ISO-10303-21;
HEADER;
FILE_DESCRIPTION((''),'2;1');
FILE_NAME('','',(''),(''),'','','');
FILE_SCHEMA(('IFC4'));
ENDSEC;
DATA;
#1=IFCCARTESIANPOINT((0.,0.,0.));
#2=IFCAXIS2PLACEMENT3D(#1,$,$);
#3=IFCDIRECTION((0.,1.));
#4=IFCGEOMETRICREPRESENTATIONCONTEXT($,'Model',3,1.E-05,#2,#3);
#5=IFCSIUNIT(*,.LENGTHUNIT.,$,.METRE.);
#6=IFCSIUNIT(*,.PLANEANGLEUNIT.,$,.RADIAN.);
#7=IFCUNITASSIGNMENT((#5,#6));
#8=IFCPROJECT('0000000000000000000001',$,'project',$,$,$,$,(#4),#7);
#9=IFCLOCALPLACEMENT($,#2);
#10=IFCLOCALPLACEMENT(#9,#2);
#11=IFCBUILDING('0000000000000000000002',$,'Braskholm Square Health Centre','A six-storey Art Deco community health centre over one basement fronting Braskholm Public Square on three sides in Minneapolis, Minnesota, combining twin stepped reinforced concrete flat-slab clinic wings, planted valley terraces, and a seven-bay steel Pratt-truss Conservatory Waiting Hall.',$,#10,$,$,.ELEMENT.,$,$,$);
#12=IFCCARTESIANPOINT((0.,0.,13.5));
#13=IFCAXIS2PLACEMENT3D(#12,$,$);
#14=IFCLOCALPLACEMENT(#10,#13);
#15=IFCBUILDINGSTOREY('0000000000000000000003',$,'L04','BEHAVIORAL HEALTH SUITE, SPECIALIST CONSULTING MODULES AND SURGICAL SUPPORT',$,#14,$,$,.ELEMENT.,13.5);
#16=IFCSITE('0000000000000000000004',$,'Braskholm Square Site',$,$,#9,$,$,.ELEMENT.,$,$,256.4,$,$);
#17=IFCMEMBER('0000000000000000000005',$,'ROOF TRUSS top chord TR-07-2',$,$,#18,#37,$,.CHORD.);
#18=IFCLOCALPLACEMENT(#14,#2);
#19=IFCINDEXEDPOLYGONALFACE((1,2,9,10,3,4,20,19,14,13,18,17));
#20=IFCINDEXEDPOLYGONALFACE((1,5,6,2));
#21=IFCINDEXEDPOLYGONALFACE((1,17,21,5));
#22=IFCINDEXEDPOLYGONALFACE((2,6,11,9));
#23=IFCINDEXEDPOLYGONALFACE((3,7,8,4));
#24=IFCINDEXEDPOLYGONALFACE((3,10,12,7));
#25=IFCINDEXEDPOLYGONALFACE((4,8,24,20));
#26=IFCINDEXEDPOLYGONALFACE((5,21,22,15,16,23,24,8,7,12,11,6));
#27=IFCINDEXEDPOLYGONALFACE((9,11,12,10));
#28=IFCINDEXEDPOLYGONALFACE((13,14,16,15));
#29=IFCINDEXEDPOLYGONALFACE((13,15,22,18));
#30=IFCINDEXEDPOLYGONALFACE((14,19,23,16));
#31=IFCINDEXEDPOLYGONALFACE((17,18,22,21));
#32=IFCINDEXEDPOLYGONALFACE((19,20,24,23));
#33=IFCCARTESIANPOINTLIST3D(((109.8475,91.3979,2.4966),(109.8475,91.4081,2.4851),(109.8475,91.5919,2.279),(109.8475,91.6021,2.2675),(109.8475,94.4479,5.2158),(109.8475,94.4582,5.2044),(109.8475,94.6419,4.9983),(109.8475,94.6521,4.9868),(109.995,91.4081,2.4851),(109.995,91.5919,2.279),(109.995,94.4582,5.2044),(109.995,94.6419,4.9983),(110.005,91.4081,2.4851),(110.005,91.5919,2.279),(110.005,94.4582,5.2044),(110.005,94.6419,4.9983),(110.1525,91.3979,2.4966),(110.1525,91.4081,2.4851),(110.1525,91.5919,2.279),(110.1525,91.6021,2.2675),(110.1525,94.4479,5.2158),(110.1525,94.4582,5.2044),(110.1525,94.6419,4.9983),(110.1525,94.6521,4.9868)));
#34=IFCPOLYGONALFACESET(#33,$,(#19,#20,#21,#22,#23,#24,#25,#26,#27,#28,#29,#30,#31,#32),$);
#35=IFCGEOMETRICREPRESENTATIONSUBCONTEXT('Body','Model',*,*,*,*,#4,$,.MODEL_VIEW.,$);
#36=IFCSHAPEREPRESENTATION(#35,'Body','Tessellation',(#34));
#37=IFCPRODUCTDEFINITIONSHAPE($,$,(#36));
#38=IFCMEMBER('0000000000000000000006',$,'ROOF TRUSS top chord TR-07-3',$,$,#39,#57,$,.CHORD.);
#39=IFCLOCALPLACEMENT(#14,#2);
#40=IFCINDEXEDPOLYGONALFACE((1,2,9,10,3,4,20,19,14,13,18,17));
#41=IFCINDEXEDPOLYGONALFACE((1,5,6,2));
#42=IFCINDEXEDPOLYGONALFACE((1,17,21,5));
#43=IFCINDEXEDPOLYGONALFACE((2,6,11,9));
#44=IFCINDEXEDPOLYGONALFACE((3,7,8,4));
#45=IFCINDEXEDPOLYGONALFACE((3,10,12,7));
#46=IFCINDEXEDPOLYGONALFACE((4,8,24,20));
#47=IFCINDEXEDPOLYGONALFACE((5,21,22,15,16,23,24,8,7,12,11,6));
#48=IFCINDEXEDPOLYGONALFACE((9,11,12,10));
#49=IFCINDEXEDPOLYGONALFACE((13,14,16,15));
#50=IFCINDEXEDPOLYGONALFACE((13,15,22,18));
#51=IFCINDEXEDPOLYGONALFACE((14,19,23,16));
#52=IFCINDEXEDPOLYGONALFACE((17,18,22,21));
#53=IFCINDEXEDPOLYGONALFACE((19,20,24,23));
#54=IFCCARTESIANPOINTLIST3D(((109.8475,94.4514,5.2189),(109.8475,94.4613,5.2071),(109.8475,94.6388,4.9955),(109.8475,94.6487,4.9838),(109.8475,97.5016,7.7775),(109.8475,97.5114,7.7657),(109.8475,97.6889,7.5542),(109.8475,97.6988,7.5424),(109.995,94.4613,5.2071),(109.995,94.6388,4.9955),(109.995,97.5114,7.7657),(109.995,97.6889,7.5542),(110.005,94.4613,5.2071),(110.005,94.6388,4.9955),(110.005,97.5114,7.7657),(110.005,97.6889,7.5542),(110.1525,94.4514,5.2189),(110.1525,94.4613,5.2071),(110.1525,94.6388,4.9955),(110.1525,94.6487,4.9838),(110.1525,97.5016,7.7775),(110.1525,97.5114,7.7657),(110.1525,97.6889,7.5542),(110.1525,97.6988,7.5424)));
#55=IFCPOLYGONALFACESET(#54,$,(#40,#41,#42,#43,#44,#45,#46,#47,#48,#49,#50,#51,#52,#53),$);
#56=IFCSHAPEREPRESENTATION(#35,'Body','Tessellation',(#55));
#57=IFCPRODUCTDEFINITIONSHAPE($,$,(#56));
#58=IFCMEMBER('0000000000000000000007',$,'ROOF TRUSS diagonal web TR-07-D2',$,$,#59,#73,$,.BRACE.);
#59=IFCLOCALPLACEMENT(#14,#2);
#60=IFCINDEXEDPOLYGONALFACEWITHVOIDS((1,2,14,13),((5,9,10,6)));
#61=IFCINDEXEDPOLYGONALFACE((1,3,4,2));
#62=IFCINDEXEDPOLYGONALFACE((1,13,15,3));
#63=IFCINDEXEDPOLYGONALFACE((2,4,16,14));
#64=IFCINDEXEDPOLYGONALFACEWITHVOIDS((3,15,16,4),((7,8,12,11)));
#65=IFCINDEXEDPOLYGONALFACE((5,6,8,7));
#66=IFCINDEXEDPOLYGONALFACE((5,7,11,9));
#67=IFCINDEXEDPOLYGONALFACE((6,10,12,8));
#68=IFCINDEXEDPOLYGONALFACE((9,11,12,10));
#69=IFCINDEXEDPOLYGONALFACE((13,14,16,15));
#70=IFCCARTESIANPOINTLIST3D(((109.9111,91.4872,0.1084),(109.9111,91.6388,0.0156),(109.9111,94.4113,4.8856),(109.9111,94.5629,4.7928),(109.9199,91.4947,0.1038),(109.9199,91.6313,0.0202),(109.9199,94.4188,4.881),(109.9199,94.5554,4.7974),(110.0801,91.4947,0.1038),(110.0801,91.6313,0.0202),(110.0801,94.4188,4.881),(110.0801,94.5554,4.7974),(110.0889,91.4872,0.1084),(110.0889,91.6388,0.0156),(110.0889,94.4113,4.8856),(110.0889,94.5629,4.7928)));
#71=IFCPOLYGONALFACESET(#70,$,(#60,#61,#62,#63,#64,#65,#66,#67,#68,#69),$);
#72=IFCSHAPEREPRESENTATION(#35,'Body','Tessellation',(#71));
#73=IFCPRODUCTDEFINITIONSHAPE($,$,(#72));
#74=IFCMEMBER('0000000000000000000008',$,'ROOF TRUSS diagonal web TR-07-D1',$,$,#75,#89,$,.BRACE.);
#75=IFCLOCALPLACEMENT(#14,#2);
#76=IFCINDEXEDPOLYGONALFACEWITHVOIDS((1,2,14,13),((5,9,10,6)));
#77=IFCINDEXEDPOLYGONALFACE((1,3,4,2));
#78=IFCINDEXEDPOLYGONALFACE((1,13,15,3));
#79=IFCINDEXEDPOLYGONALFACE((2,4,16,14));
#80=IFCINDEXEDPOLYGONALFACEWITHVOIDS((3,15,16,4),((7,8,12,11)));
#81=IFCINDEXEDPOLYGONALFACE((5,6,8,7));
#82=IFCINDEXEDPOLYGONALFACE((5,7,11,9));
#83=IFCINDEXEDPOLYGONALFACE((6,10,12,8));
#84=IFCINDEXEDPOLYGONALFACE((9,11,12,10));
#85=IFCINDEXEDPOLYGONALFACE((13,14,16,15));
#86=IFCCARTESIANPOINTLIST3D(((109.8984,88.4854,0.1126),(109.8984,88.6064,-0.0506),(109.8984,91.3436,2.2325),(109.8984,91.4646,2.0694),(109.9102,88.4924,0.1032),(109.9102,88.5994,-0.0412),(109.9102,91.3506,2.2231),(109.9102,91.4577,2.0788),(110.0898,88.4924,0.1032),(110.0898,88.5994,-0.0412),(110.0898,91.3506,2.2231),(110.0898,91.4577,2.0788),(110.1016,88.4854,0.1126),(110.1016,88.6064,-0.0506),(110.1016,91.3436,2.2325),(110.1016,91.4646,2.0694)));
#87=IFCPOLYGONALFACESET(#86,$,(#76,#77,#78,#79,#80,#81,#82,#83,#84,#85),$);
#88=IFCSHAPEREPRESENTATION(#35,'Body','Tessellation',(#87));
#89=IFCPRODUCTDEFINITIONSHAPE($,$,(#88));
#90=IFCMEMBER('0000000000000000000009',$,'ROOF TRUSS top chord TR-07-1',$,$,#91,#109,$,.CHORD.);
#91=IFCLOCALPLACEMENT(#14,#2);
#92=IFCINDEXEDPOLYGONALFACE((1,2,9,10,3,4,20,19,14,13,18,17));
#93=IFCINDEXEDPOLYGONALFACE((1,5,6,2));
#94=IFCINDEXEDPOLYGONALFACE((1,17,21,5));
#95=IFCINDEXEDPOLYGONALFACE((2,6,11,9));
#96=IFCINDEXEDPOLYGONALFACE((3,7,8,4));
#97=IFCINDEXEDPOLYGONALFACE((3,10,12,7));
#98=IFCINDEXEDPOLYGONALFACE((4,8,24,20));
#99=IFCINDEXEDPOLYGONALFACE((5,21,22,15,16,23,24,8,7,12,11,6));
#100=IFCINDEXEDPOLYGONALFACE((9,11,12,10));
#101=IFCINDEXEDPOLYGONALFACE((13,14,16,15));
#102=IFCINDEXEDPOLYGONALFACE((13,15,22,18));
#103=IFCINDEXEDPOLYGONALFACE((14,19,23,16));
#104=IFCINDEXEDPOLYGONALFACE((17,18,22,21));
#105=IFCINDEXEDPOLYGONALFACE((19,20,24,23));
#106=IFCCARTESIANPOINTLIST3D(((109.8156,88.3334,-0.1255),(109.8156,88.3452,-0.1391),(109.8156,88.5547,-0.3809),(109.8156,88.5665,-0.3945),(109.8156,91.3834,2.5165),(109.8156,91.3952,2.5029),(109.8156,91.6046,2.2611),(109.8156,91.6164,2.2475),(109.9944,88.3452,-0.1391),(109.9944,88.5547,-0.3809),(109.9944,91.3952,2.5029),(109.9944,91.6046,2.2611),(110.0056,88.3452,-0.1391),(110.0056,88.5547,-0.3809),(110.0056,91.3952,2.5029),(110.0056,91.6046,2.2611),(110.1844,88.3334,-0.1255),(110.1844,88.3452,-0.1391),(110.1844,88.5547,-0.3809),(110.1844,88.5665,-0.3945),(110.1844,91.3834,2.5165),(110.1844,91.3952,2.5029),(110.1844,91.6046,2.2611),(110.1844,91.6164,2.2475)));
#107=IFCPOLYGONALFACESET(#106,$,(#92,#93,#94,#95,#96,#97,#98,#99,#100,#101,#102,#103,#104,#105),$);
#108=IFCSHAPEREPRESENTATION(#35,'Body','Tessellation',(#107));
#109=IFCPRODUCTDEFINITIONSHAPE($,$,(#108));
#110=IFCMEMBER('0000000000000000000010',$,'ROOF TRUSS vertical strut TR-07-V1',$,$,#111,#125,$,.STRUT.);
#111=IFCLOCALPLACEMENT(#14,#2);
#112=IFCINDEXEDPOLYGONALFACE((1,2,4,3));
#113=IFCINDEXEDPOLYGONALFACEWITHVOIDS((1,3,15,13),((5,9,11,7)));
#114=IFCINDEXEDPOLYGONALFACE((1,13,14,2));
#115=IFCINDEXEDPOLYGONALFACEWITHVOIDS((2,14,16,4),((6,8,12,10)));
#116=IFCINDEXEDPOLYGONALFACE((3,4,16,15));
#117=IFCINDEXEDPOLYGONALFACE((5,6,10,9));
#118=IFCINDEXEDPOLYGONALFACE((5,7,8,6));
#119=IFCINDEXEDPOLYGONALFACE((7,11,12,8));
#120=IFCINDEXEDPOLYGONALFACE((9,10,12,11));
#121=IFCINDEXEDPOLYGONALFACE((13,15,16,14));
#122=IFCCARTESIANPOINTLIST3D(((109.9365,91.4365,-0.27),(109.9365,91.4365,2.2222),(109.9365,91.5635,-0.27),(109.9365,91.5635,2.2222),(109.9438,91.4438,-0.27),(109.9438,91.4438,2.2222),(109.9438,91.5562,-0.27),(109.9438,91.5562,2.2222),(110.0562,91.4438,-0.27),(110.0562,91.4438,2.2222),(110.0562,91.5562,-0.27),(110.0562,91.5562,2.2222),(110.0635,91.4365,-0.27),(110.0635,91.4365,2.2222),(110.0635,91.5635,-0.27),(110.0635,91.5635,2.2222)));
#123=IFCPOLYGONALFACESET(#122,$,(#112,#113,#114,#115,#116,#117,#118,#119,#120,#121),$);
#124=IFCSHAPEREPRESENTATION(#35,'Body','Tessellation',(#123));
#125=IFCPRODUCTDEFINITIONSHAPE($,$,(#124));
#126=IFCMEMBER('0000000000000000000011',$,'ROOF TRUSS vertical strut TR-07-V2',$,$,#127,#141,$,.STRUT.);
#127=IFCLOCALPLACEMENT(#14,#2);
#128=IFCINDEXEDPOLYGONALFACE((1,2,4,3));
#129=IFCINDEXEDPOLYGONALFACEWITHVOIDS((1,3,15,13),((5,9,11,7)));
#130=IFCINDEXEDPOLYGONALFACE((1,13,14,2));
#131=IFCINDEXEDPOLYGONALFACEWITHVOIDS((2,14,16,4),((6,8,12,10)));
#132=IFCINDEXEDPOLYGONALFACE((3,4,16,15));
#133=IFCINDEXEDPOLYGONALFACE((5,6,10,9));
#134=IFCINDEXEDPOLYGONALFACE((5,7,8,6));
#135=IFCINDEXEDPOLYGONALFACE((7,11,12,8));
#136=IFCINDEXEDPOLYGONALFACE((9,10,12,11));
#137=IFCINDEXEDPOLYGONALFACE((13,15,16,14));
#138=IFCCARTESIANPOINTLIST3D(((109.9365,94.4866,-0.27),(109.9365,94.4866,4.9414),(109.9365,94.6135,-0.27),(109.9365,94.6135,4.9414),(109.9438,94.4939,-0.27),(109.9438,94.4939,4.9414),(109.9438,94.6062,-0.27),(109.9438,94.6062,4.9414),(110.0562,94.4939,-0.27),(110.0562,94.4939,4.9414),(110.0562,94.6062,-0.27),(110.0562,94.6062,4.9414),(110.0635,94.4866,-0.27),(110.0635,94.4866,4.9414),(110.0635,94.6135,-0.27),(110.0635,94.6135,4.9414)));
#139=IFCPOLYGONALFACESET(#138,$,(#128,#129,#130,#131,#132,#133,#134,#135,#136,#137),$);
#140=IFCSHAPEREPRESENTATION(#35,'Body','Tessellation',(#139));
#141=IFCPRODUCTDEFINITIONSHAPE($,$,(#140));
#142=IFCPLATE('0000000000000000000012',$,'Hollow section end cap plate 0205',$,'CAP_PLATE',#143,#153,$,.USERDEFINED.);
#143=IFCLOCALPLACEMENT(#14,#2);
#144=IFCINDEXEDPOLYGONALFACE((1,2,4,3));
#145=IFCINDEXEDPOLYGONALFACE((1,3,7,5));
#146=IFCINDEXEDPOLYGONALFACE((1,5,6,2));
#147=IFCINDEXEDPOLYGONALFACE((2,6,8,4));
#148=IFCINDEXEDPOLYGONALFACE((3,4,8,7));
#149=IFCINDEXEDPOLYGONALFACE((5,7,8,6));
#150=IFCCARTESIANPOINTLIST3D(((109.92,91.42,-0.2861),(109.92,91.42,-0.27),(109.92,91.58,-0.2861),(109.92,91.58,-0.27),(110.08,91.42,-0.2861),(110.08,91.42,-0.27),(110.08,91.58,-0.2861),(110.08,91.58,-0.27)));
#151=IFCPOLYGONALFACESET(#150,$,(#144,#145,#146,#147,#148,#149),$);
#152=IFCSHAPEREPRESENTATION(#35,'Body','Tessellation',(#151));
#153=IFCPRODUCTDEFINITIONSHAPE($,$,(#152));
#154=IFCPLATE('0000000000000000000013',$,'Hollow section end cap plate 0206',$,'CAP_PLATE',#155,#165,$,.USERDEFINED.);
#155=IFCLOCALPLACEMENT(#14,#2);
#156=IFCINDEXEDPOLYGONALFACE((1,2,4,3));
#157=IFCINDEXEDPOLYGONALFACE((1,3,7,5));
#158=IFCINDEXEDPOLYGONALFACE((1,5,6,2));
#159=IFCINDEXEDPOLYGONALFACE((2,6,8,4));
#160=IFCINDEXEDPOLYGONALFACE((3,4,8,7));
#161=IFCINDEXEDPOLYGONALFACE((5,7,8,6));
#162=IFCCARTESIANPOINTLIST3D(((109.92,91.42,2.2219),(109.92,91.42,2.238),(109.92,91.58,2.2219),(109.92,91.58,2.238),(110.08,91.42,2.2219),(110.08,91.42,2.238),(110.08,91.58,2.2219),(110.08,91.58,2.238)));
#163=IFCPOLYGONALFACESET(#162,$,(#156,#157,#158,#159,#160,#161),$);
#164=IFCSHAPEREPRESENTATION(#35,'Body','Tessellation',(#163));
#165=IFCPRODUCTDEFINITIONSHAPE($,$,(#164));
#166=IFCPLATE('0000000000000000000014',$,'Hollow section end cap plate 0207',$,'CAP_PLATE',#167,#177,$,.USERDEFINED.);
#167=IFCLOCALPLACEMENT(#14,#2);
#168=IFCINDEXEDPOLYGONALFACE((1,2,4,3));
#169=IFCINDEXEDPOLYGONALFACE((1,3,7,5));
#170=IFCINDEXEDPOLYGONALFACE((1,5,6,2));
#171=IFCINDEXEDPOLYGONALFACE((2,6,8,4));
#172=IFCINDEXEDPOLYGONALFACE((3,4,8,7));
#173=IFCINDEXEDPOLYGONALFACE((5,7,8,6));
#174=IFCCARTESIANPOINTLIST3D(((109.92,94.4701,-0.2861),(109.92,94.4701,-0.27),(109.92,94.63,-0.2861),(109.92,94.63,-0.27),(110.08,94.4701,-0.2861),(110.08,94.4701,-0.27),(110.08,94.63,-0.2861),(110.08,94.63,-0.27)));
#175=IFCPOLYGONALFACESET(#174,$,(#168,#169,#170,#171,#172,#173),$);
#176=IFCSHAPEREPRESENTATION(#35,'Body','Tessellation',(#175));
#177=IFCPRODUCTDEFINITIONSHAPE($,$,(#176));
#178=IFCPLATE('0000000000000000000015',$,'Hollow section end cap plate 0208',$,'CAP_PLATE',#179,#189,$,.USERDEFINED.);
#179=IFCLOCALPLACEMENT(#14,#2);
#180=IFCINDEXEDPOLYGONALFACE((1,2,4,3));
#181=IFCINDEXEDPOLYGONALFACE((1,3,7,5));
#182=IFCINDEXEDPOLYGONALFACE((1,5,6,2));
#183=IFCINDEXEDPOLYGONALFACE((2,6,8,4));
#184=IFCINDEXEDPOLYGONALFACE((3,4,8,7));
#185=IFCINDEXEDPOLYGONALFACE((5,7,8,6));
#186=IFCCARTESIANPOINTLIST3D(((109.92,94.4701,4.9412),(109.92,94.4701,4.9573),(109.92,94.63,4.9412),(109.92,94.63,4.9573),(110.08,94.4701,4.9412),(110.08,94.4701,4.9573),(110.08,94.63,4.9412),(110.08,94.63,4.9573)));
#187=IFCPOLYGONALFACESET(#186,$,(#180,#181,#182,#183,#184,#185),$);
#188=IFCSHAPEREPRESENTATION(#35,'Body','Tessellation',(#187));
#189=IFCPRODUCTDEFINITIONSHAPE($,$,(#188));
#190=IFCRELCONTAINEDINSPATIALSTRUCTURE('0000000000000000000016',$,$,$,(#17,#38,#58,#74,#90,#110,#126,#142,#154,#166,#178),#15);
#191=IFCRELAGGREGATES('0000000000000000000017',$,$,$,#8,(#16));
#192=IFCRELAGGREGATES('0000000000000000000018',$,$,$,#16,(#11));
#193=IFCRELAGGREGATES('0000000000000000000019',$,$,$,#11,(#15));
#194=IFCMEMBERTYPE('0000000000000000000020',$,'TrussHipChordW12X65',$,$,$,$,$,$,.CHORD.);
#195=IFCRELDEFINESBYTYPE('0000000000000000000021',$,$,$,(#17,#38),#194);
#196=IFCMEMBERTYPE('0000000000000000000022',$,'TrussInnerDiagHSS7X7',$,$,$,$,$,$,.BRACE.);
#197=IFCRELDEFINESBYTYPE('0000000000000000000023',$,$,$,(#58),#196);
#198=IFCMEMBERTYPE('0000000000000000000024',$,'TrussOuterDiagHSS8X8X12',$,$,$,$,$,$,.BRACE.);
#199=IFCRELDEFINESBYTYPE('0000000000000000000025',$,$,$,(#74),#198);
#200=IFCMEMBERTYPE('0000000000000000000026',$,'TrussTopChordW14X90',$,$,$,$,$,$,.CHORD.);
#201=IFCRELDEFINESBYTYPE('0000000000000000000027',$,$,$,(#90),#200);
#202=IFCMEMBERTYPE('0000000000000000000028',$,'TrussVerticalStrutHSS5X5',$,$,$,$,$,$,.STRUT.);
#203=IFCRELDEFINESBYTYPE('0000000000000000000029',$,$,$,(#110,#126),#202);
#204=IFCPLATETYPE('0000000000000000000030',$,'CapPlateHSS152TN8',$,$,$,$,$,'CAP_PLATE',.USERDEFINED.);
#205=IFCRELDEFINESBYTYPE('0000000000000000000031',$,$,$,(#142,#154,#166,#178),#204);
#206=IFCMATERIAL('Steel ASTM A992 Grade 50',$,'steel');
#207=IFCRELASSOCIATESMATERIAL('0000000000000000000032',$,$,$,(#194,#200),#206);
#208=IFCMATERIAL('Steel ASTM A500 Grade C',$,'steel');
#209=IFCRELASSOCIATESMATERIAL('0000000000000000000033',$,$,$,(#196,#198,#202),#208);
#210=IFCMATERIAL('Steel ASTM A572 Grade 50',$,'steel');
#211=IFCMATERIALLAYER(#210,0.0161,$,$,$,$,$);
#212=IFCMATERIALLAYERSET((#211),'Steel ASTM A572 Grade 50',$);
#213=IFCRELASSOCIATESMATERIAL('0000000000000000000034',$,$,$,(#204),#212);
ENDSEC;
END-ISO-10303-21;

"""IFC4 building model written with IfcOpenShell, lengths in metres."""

from ifc_helpers import new_model, si_unit, direction, frame, origin, origin_2d, place, context, subcontext, project, spatial, rectangle, hollow_rectangle, i_section, extrude, material, layer, layer_set, material_profile, profile_set, type_object, element, save


model = new_model("IFC4")

# Units and contexts
model_context = context("Model", 3, precision=1e-05, world=origin(), true_north=direction((0.0, 1.0)))
body_context = subcontext(model_context, "Body", "Model", "MODEL_VIEW")
ifc_project = project(units=[si_unit("LENGTHUNIT", "METRE"), si_unit("PLANEANGLEUNIT", "RADIAN")], contexts=[model_context])

# Site, building, storey
site_placement = place(None, origin())
site = spatial("IfcSite", under=ifc_project, at=site_placement, Name="Braskholm Square Site", CompositionType="ELEMENT", RefElevation=256.4)
building_placement = place(site_placement, origin())
building = spatial("IfcBuilding", under=site, at=building_placement, Name="Braskholm Square Health Centre", Description="A six-storey Art Deco community health centre over one basement fronting Braskholm Public Square on three sides in Minneapolis, Minnesota, combining twin stepped reinforced concrete flat-slab clinic wings, planted valley terraces, and a seven-bay steel Pratt-truss Conservatory Waiting Hall.", CompositionType="ELEMENT")
storey_placement = place(building_placement, frame((0.0, 0.0, 13.5)))
storey = spatial("IfcBuildingStorey", under=building, at=storey_placement, Name="L04", Description="BEHAVIORAL HEALTH SUITE, SPECIALIST CONSULTING MODULES AND SURGICAL SUPPORT", CompositionType="ELEMENT", Elevation=13.5)

# Shared definitions
ifc_material_1 = material(Name="Steel ASTM A500 Grade C", Category="steel")

# Shared definitions
ifc_material_2 = material(Name="Steel ASTM A992 Grade 50", Category="steel")

# Members
ifc_material_profile_1 = material_profile(ifc_material_2, i_section(OverallWidth=0.3049, OverallDepth=0.3069, WebThickness=0.01, FlangeThickness=0.0154, at=origin_2d()), Name="W12X65")
ifc_profile_set_1 = profile_set([ifc_material_profile_1], Name="Steel ASTM A992 Grade 50")
member_type_1 = type_object("IfcMemberType", Name="TrussHipChordW12X65", PredefinedType="CHORD", material=ifc_profile_set_1)
member_1_placement = place(storey_placement, frame((110.0, 91.5, 2.3821), z_axis=(0.0, 0.746426, 0.665468), x_axis=(-1.0, 0.0, 0.0)))
element("IfcMember", 1, at=member_1_placement, inside=storey, type_object=member_type_1, Name="ROOF TRUSS top chord TR-07-2", PredefinedType="CHORD", context=body_context, shape_type="SweptSolid", body=[
    extrude(i_section(OverallWidth=0.3049, OverallDepth=0.3069, WebThickness=0.01, FlangeThickness=0.0154, at=origin_2d()), origin(), (0.0, 0.0, 1.0), 4.0862),
])
member_2_placement = place(storey_placement, frame((110.0, 94.55, 5.1013), z_axis=(0.0, 0.766131, 0.642684), x_axis=(-1.0, 0.0, 0.0)))
element("IfcMember", 2, at=member_2_placement, inside=storey, type_object=member_type_1, Name="ROOF TRUSS top chord TR-07-3", PredefinedType="CHORD", context=body_context, shape_type="SweptSolid", body=[
    extrude(i_section(OverallWidth=0.3049, OverallDepth=0.3069, WebThickness=0.01, FlangeThickness=0.0154, at=origin_2d()), origin(), (0.0, 0.0, 1.0), 3.9812),
])
ifc_material_profile_2 = material_profile(ifc_material_1, hollow_rectangle(XDim=0.1777, YDim=0.1777, WallThickness=0.0088, at=origin_2d()), Name="HSS7X7X3/8")
ifc_profile_set_2 = profile_set([ifc_material_profile_2], Name="Steel ASTM A500 Grade C")
member_type_2 = type_object("IfcMemberType", Name="TrussInnerDiagHSS7X7", PredefinedType="BRACE", material=ifc_profile_set_2)
member_3_placement = place(storey_placement, frame((110.0, 91.563, 0.062), z_axis=(0.0, 0.522065, 0.852906), x_axis=(-1.0, 0.0, 0.0)))
element("IfcMember", 3, at=member_3_placement, inside=storey, type_object=member_type_2, Name="ROOF TRUSS diagonal web TR-07-D2", PredefinedType="BRACE", context=body_context, shape_type="SweptSolid", body=[
    extrude(hollow_rectangle(XDim=0.1777, YDim=0.1777, WallThickness=0.0088, at=origin_2d()), origin(), (0.0, 0.0, 1.0), 5.6011),
])
ifc_material_profile_3 = material_profile(ifc_material_1, hollow_rectangle(XDim=0.2031, YDim=0.2031, WallThickness=0.0117, at=origin_2d()), Name="HSS8X8X1/2")
ifc_profile_set_3 = profile_set([ifc_material_profile_3], Name="Steel ASTM A500 Grade C")
member_type_3 = type_object("IfcMemberType", Name="TrussOuterDiagHSS8X8X12", PredefinedType="BRACE", material=ifc_profile_set_3)
member_4_placement = place(storey_placement, frame((110.0, 88.5459, 0.031), z_axis=(0.0, 0.803191, 0.595721), x_axis=(-1.0, 0.0, 0.0)))
element("IfcMember", 4, at=member_4_placement, inside=storey, type_object=member_type_3, Name="ROOF TRUSS diagonal web TR-07-D1", PredefinedType="BRACE", context=body_context, shape_type="SweptSolid", body=[
    extrude(hollow_rectangle(XDim=0.2031, YDim=0.2031, WallThickness=0.0117, at=origin_2d()), origin(), (0.0, 0.0, 1.0), 3.5586),
])
ifc_material_profile_4 = material_profile(ifc_material_2, i_section(OverallWidth=0.3689, OverallDepth=0.356, WebThickness=0.0112, FlangeThickness=0.0181, at=origin_2d()), Name="W14X90")
ifc_profile_set_4 = profile_set([ifc_material_profile_4], Name="Steel ASTM A992 Grade 50")
member_type_4 = type_object("IfcMemberType", Name="TrussTopChordW14X90", PredefinedType="CHORD", material=ifc_profile_set_4)
member_5_placement = place(storey_placement, frame((110.0, 88.45, -0.26), z_axis=(0.0, 0.755847, 0.654749), x_axis=(-1.0, 0.0, 0.0)))
element("IfcMember", 5, at=member_5_placement, inside=storey, type_object=member_type_4, Name="ROOF TRUSS top chord TR-07-1", PredefinedType="CHORD", context=body_context, shape_type="SweptSolid", body=[
    extrude(i_section(OverallWidth=0.3689, OverallDepth=0.356, WebThickness=0.0112, FlangeThickness=0.0181, at=origin_2d()), origin(), (0.0, 0.0, 1.0), 4.0352),
])
ifc_material_profile_5 = material_profile(ifc_material_1, hollow_rectangle(XDim=0.127, YDim=0.127, WallThickness=0.0073, at=origin_2d()), Name="HSS5X5X5/16")
ifc_profile_set_5 = profile_set([ifc_material_profile_5], Name="Steel ASTM A500 Grade C")
member_type_5 = type_object("IfcMemberType", Name="TrussVerticalStrutHSS5X5", PredefinedType="STRUT", material=ifc_profile_set_5)
member_6_placement = place(storey_placement, frame((110.0, 91.5, -0.27), z_axis=(0.0, 0.0, 1.0), x_axis=(1.0, 0.0, 0.0)))
element("IfcMember", 6, at=member_6_placement, inside=storey, type_object=member_type_5, Name="ROOF TRUSS vertical strut TR-07-V1", PredefinedType="STRUT", context=body_context, shape_type="SweptSolid", body=[
    extrude(hollow_rectangle(XDim=0.127, YDim=0.127, WallThickness=0.0073, at=origin_2d()), origin(), (0.0, 0.0, 1.0), 2.4922),
])
member_7_placement = place(storey_placement, frame((110.0, 94.55, -0.27), z_axis=(0.0, 0.0, 1.0), x_axis=(1.0, 0.0, 0.0)))
element("IfcMember", 7, at=member_7_placement, inside=storey, type_object=member_type_5, Name="ROOF TRUSS vertical strut TR-07-V2", PredefinedType="STRUT", context=body_context, shape_type="SweptSolid", body=[
    extrude(hollow_rectangle(XDim=0.127, YDim=0.127, WallThickness=0.0073, at=origin_2d()), origin(), (0.0, 0.0, 1.0), 5.2114),
])

# Plates
ifc_material_3 = material(Name="Steel ASTM A572 Grade 50", Category="steel")
ifc_layer_1 = layer(ifc_material_3, 0.0161)
ifc_layer_set_1 = layer_set([ifc_layer_1], Name="Steel ASTM A572 Grade 50")
plate_type_1 = type_object("IfcPlateType", Name="CapPlateHSS152TN8", ElementType="CAP_PLATE", PredefinedType="USERDEFINED", material=ifc_layer_set_1)
for number, where, z_axis, x_axis, name in (
    (8, (110.0, 91.5, -0.2861), (0.0, 0.0, 1.0), (1.0, 0.0, 0.0), "Hollow section end cap plate 0205"),
    (9, (110.0, 91.5, 2.2219), (0.0, 0.0, 1.0), (1.0, 0.0, 0.0), "Hollow section end cap plate 0206"),
    (10, (110.0, 94.55, -0.2861), (0.0, 0.0, 1.0), (1.0, 0.0, 0.0), "Hollow section end cap plate 0207"),
    (11, (110.0, 94.55, 4.9412), (0.0, 0.0, 1.0), (1.0, 0.0, 0.0), "Hollow section end cap plate 0208"),
):
    element("IfcPlate", number, at=place(storey_placement, frame(where, z_axis=z_axis, x_axis=x_axis)), inside=storey, type_object=plate_type_1, Name=name, ObjectType="CAP_PLATE", PredefinedType="USERDEFINED", context=body_context, shape_type="SweptSolid", body=[
        extrude(rectangle(XDim=0.1599, YDim=0.1599, at=origin_2d()), origin(), (0.0, 0.0, 1.0), 0.0161),
    ])

save(model, "model.ifc")
